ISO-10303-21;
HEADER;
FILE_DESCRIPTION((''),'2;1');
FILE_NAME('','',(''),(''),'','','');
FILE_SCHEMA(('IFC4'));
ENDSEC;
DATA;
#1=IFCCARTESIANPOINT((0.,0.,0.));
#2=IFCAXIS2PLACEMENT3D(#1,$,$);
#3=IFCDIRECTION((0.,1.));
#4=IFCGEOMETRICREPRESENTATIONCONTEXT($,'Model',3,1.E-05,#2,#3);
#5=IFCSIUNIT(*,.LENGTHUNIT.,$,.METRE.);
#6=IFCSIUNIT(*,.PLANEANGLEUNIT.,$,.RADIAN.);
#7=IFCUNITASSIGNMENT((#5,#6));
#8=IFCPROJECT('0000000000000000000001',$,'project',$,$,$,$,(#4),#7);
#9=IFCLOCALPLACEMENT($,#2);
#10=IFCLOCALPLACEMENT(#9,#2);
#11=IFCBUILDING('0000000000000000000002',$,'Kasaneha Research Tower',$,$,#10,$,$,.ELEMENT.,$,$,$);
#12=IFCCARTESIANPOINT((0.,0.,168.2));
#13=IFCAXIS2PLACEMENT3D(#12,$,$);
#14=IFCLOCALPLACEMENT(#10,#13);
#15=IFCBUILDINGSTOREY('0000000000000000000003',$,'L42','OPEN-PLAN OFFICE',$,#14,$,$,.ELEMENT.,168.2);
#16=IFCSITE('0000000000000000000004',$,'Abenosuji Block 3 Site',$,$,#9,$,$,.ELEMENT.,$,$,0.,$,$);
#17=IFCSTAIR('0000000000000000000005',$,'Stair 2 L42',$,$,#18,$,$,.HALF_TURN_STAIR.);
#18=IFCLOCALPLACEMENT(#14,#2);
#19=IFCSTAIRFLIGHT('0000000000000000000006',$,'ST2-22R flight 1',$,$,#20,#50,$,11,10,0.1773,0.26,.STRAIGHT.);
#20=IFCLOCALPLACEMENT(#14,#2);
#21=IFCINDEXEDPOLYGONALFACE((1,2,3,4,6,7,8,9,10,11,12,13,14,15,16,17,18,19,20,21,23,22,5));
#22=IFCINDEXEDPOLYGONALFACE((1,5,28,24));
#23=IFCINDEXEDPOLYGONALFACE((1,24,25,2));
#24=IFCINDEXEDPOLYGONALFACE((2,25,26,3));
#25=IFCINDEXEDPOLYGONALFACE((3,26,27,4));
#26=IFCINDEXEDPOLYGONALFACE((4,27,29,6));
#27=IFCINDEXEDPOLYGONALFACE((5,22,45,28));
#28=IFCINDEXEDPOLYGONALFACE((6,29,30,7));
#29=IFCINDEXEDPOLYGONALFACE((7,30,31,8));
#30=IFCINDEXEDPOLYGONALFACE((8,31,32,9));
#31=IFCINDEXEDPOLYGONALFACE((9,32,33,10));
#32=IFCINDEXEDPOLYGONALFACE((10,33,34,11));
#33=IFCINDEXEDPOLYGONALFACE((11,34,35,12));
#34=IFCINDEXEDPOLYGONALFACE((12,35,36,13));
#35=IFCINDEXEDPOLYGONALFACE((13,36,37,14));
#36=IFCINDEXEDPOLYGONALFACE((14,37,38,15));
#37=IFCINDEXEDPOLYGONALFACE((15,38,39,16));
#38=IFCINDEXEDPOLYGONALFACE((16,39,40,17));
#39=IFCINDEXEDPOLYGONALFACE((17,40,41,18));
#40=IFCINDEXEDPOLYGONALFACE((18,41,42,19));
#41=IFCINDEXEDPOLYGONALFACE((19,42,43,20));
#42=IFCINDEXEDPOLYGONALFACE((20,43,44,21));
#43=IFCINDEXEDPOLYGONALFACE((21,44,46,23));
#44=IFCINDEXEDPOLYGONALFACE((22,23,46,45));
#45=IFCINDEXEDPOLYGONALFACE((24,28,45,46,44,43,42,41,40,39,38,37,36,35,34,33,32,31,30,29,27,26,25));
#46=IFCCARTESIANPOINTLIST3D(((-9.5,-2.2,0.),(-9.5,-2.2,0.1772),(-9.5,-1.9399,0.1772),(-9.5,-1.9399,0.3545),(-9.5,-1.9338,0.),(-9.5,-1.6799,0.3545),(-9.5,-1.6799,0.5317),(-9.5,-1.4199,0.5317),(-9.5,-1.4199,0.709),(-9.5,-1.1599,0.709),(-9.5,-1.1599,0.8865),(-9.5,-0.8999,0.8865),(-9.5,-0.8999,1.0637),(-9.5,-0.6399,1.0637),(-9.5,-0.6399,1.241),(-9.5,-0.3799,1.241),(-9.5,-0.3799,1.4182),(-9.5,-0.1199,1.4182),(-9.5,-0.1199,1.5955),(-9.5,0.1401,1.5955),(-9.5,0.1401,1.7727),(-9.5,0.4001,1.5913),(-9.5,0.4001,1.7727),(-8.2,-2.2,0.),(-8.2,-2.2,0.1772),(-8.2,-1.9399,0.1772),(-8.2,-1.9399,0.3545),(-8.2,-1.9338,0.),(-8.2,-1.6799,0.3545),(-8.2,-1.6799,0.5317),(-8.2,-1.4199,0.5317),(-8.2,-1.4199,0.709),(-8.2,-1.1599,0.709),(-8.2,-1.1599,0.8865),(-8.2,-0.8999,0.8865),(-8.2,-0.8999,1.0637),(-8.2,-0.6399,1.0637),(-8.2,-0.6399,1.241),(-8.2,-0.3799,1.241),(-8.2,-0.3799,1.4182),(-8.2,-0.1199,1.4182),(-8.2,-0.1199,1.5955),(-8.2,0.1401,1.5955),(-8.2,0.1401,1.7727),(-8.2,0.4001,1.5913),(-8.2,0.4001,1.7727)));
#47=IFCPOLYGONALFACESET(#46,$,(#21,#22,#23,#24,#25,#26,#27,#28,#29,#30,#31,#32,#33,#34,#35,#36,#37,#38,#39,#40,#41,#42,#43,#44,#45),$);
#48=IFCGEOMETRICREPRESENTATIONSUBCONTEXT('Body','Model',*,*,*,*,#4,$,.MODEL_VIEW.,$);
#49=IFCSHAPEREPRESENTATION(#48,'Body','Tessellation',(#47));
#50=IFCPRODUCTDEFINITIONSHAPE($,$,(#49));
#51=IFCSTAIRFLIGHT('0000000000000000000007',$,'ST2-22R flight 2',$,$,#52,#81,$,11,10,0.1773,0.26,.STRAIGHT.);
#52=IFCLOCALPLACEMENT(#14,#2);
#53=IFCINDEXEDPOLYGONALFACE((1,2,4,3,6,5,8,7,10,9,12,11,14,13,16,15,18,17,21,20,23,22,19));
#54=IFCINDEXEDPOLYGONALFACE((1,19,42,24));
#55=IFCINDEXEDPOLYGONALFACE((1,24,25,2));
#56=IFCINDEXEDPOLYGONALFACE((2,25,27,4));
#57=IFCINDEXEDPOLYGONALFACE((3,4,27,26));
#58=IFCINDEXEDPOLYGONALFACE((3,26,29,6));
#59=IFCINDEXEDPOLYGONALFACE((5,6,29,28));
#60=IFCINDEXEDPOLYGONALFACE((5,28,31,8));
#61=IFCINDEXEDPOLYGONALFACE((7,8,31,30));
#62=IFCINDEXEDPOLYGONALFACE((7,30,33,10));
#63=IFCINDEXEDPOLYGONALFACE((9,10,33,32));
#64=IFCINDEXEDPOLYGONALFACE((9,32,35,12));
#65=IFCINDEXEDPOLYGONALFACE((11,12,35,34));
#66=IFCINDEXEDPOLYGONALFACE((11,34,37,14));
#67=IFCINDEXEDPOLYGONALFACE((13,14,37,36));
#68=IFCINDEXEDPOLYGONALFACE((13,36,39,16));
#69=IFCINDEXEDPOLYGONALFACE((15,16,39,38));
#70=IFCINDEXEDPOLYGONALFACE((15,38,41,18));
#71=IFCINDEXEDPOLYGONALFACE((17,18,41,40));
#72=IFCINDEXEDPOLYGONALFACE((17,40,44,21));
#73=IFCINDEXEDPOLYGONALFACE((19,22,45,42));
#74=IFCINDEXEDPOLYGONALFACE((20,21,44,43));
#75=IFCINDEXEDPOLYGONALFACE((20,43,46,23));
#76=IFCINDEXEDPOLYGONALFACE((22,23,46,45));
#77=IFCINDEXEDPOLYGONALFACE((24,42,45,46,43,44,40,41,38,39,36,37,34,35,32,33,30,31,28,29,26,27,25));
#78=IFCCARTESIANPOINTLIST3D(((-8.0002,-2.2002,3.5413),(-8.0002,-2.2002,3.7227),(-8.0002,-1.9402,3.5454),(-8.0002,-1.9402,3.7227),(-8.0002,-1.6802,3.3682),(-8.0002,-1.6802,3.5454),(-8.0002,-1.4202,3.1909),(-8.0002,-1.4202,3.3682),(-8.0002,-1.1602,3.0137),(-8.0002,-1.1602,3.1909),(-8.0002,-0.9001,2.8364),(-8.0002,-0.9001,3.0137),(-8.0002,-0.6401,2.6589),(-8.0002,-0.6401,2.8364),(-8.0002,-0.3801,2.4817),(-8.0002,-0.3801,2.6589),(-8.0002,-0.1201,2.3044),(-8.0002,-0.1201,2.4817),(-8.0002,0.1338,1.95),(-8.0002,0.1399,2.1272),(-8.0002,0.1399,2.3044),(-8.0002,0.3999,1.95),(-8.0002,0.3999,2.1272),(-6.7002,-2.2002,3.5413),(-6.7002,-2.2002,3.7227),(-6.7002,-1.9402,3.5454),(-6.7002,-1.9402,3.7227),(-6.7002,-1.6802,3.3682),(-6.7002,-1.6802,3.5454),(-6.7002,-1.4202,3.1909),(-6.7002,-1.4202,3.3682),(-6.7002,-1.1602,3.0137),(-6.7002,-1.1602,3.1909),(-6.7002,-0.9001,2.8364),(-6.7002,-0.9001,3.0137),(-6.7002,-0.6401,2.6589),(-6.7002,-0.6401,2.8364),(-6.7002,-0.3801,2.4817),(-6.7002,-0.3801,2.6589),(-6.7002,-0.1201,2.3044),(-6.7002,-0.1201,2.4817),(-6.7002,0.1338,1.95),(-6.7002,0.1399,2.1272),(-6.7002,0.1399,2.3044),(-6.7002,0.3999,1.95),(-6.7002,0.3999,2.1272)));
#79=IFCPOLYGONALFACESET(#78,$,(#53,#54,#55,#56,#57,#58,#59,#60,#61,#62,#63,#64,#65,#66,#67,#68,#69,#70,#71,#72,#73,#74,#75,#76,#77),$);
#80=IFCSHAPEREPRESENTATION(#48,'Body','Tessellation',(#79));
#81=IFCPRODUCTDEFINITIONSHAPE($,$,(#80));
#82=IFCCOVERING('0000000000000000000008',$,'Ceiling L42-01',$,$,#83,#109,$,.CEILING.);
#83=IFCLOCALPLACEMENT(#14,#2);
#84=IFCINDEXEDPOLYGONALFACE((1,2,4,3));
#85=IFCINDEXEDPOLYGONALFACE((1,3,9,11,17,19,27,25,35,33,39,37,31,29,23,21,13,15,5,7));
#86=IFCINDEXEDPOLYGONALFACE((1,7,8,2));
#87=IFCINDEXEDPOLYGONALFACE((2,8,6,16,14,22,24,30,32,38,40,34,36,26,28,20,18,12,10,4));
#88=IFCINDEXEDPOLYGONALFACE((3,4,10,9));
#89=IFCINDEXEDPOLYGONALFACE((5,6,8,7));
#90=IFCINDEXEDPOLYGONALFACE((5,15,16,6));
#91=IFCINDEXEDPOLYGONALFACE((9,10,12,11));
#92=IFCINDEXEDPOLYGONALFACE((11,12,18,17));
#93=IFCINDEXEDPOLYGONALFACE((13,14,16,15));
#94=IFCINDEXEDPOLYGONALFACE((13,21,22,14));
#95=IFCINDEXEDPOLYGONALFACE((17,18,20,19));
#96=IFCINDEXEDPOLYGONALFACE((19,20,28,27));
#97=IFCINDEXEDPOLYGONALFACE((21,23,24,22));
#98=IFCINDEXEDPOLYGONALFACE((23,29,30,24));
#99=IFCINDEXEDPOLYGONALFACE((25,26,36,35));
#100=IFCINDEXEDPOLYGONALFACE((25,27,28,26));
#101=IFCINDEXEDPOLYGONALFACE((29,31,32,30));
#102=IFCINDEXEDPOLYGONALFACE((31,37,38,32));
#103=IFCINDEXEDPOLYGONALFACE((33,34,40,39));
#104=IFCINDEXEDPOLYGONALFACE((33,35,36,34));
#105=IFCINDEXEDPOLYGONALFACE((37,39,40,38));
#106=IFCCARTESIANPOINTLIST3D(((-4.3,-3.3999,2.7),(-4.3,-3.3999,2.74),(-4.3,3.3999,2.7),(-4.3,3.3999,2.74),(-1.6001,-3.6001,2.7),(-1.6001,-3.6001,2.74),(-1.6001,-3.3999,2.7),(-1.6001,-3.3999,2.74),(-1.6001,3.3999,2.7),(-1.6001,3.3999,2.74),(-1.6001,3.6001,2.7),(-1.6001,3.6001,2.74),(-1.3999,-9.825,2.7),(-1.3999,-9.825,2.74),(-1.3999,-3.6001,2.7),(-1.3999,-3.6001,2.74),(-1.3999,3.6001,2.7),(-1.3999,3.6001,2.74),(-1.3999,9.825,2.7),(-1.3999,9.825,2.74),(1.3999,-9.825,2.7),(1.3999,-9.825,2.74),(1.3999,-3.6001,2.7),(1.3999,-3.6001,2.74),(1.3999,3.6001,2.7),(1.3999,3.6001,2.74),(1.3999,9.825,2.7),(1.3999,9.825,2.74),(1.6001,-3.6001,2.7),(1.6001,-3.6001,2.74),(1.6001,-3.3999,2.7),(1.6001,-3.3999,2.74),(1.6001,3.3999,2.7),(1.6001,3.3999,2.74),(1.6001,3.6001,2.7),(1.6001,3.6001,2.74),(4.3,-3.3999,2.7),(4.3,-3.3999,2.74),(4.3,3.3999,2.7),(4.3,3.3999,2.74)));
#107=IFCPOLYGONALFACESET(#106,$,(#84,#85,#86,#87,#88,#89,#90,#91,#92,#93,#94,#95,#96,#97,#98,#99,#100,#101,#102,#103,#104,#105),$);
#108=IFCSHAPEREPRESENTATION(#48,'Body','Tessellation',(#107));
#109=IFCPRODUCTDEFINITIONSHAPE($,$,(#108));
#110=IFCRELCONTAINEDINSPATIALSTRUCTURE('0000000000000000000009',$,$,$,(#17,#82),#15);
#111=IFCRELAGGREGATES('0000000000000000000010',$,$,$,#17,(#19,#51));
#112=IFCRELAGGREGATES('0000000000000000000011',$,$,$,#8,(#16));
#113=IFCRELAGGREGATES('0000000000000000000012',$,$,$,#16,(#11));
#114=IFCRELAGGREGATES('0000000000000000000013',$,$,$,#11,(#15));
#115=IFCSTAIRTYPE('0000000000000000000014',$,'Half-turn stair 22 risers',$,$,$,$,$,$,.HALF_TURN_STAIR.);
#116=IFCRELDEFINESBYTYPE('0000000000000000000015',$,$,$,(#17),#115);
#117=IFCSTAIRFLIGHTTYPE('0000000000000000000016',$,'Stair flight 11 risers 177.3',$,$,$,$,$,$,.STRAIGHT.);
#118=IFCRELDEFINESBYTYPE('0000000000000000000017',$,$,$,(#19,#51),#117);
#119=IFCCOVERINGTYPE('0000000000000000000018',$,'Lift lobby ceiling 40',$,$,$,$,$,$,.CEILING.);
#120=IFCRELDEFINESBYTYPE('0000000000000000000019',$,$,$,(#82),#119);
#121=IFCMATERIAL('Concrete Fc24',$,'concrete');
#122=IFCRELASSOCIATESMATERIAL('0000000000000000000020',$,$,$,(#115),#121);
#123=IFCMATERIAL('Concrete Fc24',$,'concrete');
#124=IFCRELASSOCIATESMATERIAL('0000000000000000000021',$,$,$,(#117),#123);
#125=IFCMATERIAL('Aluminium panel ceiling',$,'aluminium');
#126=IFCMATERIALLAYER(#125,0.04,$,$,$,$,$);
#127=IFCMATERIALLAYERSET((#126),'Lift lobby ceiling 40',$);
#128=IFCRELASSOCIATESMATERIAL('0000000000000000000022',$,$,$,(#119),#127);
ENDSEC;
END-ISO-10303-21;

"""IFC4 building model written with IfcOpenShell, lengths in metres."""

from ifc_helpers import new_model, si_unit, direction, frame, origin, place, context, subcontext, project, spatial, polyline, outline, extrude, material, layer, layer_set, type_object, element, aggregate, save


model = new_model("IFC4")

# Units and contexts
model_context = context("Model", 3, precision=1e-05, world=origin(), true_north=direction((0.0, 1.0)))
body_context = subcontext(model_context, "Body", "Model", "MODEL_VIEW")
ifc_project = project(units=[si_unit("LENGTHUNIT", "METRE"), si_unit("PLANEANGLEUNIT", "RADIAN")], contexts=[model_context])

# Site, building, storey
site_placement = place(None, origin())
site = spatial("IfcSite", under=ifc_project, at=site_placement, Name="Abenosuji Block 3 Site", CompositionType="ELEMENT", RefElevation=0.0)
building_placement = place(site_placement, origin())
building = spatial("IfcBuilding", under=site, at=building_placement, Name="Kasaneha Research Tower", CompositionType="ELEMENT")
storey_placement = place(building_placement, frame((0.0, 0.0, 168.2)))
storey = spatial("IfcBuildingStorey", under=building, at=storey_placement, Name="L42", Description="OPEN-PLAN OFFICE", CompositionType="ELEMENT", Elevation=168.2)

# Stair, stair flights
ifc_material_1 = material(Name="Concrete Fc24", Category="concrete")
stair_type = type_object("IfcStairType", Name="Half-turn stair 22 risers", PredefinedType="HALF_TURN_STAIR", material=ifc_material_1)
stair_placement = place(storey_placement, origin())
stair = element("IfcStair", 1, at=stair_placement, inside=storey, type_object=stair_type, Name="Stair 2 L42", PredefinedType="HALF_TURN_STAIR")
ifc_material_2 = material(Name="Concrete Fc24", Category="concrete")
stair_flight_type = type_object("IfcStairFlightType", Name="Stair flight 11 risers 177.3", PredefinedType="STRAIGHT", material=ifc_material_2)
stair_flight_1_placement = place(storey_placement, frame((-8.8501, -2.2, 0.0), z_axis=(0.0, 0.0, 1.0), x_axis=(0.0, 1.0, 0.0)))
stair_flight_1 = element("IfcStairFlight", 2, at=stair_flight_1_placement, type_object=stair_flight_type, Name="ST2-22R flight 1", NumberOfRisers=11, NumberOfTreads=10, PredefinedType="STRAIGHT", RiserHeight=0.1773, TreadLength=0.26, context=body_context, shape_type="SweptSolid", body=[
    extrude(outline(polyline([(0.0, 0.0), (0.0, 0.1772), (0.26, 0.1772), (0.26, 0.3545), (0.52, 0.3545), (0.52, 0.5317), (0.78, 0.5317), (0.78, 0.709), (1.04, 0.709), (1.04, 0.8865), (1.3, 0.8865), (1.3, 1.0637), (1.5601, 1.0637), (1.5601, 1.241), (1.8201, 1.241), (1.8201, 1.4182), (2.0801, 1.4182), (2.0801, 1.5955), (2.3401, 1.5955), (2.3401, 1.7727), (2.6001, 1.7727), (2.6001, 1.95), (2.6001, 1.5913), (0.2661, 0.0), (0.0, 0.0)])), frame((0.0, 0.6499, 0.0), z_axis=(0.0, -1.0, 0.0), x_axis=(1.0, 0.0, 0.0)), (0.0, 0.0, 1.0), 1.3),
])
stair_flight_2_placement = place(storey_placement, frame((-7.3501, 0.3999, 1.95), z_axis=(0.0, 0.0, 1.0), x_axis=(0.0, -1.0, 0.0)))
stair_flight_2 = element("IfcStairFlight", 3, at=stair_flight_2_placement, type_object=stair_flight_type, Name="ST2-22R flight 2", NumberOfRisers=11, NumberOfTreads=10, PredefinedType="STRAIGHT", RiserHeight=0.1773, TreadLength=0.26, context=body_context, shape_type="SweptSolid", body=[
    extrude(outline(polyline([(0.0, 0.0), (0.0, 0.1772), (0.26, 0.1772), (0.26, 0.3545), (0.52, 0.3545), (0.52, 0.5317), (0.78, 0.5317), (0.78, 0.709), (1.04, 0.709), (1.04, 0.8865), (1.3, 0.8865), (1.3, 1.0637), (1.5601, 1.0637), (1.5601, 1.241), (1.8201, 1.241), (1.8201, 1.4182), (2.0801, 1.4182), (2.0801, 1.5955), (2.3401, 1.5955), (2.3401, 1.7727), (2.6001, 1.7727), (2.6001, 1.95), (2.6001, 1.5913), (0.2661, 0.0), (0.0, 0.0)])), frame((0.0, 0.6499, 0.0), z_axis=(0.0, -1.0, 0.0), x_axis=(1.0, 0.0, 0.0)), (0.0, 0.0, 1.0), 1.3),
])
aggregate(stair, [stair_flight_1, stair_flight_2])

# Covering
ifc_material_3 = material(Name="Aluminium panel ceiling", Category="aluminium")
ifc_layer_1 = layer(ifc_material_3, 0.04)
ifc_layer_set_1 = layer_set([ifc_layer_1], Name="Lift lobby ceiling 40")
covering_type_1 = type_object("IfcCoveringType", Name="Lift lobby ceiling 40", PredefinedType="CEILING", material=ifc_layer_set_1)
covering_1_placement = place(storey_placement, frame((0.0, 0.0, 2.7)))
element("IfcCovering", 4, at=covering_1_placement, inside=storey, type_object=covering_type_1, Name="Ceiling L42-01", PredefinedType="CEILING", context=body_context, shape_type="SweptSolid", body=[
    extrude(outline(polyline([(1.3999, 9.825), (1.3999, 3.6001), (1.6001, 3.6001), (1.6001, 3.3999), (4.3, 3.3999), (4.3, -3.3999), (1.6001, -3.3999), (1.6001, -3.6001), (1.3999, -3.6001), (1.3999, -9.825), (-1.3999, -9.825), (-1.3999, -3.6001), (-1.6001, -3.6001), (-1.6001, -3.3999), (-4.3, -3.3999), (-4.3, 3.3999), (-1.6001, 3.3999), (-1.6001, 3.6001), (-1.3999, 3.6001), (-1.3999, 9.825), (1.3999, 9.825)])), origin(), (0.0, 0.0, 1.0), 0.04),
])

save(model, "model.ifc")
